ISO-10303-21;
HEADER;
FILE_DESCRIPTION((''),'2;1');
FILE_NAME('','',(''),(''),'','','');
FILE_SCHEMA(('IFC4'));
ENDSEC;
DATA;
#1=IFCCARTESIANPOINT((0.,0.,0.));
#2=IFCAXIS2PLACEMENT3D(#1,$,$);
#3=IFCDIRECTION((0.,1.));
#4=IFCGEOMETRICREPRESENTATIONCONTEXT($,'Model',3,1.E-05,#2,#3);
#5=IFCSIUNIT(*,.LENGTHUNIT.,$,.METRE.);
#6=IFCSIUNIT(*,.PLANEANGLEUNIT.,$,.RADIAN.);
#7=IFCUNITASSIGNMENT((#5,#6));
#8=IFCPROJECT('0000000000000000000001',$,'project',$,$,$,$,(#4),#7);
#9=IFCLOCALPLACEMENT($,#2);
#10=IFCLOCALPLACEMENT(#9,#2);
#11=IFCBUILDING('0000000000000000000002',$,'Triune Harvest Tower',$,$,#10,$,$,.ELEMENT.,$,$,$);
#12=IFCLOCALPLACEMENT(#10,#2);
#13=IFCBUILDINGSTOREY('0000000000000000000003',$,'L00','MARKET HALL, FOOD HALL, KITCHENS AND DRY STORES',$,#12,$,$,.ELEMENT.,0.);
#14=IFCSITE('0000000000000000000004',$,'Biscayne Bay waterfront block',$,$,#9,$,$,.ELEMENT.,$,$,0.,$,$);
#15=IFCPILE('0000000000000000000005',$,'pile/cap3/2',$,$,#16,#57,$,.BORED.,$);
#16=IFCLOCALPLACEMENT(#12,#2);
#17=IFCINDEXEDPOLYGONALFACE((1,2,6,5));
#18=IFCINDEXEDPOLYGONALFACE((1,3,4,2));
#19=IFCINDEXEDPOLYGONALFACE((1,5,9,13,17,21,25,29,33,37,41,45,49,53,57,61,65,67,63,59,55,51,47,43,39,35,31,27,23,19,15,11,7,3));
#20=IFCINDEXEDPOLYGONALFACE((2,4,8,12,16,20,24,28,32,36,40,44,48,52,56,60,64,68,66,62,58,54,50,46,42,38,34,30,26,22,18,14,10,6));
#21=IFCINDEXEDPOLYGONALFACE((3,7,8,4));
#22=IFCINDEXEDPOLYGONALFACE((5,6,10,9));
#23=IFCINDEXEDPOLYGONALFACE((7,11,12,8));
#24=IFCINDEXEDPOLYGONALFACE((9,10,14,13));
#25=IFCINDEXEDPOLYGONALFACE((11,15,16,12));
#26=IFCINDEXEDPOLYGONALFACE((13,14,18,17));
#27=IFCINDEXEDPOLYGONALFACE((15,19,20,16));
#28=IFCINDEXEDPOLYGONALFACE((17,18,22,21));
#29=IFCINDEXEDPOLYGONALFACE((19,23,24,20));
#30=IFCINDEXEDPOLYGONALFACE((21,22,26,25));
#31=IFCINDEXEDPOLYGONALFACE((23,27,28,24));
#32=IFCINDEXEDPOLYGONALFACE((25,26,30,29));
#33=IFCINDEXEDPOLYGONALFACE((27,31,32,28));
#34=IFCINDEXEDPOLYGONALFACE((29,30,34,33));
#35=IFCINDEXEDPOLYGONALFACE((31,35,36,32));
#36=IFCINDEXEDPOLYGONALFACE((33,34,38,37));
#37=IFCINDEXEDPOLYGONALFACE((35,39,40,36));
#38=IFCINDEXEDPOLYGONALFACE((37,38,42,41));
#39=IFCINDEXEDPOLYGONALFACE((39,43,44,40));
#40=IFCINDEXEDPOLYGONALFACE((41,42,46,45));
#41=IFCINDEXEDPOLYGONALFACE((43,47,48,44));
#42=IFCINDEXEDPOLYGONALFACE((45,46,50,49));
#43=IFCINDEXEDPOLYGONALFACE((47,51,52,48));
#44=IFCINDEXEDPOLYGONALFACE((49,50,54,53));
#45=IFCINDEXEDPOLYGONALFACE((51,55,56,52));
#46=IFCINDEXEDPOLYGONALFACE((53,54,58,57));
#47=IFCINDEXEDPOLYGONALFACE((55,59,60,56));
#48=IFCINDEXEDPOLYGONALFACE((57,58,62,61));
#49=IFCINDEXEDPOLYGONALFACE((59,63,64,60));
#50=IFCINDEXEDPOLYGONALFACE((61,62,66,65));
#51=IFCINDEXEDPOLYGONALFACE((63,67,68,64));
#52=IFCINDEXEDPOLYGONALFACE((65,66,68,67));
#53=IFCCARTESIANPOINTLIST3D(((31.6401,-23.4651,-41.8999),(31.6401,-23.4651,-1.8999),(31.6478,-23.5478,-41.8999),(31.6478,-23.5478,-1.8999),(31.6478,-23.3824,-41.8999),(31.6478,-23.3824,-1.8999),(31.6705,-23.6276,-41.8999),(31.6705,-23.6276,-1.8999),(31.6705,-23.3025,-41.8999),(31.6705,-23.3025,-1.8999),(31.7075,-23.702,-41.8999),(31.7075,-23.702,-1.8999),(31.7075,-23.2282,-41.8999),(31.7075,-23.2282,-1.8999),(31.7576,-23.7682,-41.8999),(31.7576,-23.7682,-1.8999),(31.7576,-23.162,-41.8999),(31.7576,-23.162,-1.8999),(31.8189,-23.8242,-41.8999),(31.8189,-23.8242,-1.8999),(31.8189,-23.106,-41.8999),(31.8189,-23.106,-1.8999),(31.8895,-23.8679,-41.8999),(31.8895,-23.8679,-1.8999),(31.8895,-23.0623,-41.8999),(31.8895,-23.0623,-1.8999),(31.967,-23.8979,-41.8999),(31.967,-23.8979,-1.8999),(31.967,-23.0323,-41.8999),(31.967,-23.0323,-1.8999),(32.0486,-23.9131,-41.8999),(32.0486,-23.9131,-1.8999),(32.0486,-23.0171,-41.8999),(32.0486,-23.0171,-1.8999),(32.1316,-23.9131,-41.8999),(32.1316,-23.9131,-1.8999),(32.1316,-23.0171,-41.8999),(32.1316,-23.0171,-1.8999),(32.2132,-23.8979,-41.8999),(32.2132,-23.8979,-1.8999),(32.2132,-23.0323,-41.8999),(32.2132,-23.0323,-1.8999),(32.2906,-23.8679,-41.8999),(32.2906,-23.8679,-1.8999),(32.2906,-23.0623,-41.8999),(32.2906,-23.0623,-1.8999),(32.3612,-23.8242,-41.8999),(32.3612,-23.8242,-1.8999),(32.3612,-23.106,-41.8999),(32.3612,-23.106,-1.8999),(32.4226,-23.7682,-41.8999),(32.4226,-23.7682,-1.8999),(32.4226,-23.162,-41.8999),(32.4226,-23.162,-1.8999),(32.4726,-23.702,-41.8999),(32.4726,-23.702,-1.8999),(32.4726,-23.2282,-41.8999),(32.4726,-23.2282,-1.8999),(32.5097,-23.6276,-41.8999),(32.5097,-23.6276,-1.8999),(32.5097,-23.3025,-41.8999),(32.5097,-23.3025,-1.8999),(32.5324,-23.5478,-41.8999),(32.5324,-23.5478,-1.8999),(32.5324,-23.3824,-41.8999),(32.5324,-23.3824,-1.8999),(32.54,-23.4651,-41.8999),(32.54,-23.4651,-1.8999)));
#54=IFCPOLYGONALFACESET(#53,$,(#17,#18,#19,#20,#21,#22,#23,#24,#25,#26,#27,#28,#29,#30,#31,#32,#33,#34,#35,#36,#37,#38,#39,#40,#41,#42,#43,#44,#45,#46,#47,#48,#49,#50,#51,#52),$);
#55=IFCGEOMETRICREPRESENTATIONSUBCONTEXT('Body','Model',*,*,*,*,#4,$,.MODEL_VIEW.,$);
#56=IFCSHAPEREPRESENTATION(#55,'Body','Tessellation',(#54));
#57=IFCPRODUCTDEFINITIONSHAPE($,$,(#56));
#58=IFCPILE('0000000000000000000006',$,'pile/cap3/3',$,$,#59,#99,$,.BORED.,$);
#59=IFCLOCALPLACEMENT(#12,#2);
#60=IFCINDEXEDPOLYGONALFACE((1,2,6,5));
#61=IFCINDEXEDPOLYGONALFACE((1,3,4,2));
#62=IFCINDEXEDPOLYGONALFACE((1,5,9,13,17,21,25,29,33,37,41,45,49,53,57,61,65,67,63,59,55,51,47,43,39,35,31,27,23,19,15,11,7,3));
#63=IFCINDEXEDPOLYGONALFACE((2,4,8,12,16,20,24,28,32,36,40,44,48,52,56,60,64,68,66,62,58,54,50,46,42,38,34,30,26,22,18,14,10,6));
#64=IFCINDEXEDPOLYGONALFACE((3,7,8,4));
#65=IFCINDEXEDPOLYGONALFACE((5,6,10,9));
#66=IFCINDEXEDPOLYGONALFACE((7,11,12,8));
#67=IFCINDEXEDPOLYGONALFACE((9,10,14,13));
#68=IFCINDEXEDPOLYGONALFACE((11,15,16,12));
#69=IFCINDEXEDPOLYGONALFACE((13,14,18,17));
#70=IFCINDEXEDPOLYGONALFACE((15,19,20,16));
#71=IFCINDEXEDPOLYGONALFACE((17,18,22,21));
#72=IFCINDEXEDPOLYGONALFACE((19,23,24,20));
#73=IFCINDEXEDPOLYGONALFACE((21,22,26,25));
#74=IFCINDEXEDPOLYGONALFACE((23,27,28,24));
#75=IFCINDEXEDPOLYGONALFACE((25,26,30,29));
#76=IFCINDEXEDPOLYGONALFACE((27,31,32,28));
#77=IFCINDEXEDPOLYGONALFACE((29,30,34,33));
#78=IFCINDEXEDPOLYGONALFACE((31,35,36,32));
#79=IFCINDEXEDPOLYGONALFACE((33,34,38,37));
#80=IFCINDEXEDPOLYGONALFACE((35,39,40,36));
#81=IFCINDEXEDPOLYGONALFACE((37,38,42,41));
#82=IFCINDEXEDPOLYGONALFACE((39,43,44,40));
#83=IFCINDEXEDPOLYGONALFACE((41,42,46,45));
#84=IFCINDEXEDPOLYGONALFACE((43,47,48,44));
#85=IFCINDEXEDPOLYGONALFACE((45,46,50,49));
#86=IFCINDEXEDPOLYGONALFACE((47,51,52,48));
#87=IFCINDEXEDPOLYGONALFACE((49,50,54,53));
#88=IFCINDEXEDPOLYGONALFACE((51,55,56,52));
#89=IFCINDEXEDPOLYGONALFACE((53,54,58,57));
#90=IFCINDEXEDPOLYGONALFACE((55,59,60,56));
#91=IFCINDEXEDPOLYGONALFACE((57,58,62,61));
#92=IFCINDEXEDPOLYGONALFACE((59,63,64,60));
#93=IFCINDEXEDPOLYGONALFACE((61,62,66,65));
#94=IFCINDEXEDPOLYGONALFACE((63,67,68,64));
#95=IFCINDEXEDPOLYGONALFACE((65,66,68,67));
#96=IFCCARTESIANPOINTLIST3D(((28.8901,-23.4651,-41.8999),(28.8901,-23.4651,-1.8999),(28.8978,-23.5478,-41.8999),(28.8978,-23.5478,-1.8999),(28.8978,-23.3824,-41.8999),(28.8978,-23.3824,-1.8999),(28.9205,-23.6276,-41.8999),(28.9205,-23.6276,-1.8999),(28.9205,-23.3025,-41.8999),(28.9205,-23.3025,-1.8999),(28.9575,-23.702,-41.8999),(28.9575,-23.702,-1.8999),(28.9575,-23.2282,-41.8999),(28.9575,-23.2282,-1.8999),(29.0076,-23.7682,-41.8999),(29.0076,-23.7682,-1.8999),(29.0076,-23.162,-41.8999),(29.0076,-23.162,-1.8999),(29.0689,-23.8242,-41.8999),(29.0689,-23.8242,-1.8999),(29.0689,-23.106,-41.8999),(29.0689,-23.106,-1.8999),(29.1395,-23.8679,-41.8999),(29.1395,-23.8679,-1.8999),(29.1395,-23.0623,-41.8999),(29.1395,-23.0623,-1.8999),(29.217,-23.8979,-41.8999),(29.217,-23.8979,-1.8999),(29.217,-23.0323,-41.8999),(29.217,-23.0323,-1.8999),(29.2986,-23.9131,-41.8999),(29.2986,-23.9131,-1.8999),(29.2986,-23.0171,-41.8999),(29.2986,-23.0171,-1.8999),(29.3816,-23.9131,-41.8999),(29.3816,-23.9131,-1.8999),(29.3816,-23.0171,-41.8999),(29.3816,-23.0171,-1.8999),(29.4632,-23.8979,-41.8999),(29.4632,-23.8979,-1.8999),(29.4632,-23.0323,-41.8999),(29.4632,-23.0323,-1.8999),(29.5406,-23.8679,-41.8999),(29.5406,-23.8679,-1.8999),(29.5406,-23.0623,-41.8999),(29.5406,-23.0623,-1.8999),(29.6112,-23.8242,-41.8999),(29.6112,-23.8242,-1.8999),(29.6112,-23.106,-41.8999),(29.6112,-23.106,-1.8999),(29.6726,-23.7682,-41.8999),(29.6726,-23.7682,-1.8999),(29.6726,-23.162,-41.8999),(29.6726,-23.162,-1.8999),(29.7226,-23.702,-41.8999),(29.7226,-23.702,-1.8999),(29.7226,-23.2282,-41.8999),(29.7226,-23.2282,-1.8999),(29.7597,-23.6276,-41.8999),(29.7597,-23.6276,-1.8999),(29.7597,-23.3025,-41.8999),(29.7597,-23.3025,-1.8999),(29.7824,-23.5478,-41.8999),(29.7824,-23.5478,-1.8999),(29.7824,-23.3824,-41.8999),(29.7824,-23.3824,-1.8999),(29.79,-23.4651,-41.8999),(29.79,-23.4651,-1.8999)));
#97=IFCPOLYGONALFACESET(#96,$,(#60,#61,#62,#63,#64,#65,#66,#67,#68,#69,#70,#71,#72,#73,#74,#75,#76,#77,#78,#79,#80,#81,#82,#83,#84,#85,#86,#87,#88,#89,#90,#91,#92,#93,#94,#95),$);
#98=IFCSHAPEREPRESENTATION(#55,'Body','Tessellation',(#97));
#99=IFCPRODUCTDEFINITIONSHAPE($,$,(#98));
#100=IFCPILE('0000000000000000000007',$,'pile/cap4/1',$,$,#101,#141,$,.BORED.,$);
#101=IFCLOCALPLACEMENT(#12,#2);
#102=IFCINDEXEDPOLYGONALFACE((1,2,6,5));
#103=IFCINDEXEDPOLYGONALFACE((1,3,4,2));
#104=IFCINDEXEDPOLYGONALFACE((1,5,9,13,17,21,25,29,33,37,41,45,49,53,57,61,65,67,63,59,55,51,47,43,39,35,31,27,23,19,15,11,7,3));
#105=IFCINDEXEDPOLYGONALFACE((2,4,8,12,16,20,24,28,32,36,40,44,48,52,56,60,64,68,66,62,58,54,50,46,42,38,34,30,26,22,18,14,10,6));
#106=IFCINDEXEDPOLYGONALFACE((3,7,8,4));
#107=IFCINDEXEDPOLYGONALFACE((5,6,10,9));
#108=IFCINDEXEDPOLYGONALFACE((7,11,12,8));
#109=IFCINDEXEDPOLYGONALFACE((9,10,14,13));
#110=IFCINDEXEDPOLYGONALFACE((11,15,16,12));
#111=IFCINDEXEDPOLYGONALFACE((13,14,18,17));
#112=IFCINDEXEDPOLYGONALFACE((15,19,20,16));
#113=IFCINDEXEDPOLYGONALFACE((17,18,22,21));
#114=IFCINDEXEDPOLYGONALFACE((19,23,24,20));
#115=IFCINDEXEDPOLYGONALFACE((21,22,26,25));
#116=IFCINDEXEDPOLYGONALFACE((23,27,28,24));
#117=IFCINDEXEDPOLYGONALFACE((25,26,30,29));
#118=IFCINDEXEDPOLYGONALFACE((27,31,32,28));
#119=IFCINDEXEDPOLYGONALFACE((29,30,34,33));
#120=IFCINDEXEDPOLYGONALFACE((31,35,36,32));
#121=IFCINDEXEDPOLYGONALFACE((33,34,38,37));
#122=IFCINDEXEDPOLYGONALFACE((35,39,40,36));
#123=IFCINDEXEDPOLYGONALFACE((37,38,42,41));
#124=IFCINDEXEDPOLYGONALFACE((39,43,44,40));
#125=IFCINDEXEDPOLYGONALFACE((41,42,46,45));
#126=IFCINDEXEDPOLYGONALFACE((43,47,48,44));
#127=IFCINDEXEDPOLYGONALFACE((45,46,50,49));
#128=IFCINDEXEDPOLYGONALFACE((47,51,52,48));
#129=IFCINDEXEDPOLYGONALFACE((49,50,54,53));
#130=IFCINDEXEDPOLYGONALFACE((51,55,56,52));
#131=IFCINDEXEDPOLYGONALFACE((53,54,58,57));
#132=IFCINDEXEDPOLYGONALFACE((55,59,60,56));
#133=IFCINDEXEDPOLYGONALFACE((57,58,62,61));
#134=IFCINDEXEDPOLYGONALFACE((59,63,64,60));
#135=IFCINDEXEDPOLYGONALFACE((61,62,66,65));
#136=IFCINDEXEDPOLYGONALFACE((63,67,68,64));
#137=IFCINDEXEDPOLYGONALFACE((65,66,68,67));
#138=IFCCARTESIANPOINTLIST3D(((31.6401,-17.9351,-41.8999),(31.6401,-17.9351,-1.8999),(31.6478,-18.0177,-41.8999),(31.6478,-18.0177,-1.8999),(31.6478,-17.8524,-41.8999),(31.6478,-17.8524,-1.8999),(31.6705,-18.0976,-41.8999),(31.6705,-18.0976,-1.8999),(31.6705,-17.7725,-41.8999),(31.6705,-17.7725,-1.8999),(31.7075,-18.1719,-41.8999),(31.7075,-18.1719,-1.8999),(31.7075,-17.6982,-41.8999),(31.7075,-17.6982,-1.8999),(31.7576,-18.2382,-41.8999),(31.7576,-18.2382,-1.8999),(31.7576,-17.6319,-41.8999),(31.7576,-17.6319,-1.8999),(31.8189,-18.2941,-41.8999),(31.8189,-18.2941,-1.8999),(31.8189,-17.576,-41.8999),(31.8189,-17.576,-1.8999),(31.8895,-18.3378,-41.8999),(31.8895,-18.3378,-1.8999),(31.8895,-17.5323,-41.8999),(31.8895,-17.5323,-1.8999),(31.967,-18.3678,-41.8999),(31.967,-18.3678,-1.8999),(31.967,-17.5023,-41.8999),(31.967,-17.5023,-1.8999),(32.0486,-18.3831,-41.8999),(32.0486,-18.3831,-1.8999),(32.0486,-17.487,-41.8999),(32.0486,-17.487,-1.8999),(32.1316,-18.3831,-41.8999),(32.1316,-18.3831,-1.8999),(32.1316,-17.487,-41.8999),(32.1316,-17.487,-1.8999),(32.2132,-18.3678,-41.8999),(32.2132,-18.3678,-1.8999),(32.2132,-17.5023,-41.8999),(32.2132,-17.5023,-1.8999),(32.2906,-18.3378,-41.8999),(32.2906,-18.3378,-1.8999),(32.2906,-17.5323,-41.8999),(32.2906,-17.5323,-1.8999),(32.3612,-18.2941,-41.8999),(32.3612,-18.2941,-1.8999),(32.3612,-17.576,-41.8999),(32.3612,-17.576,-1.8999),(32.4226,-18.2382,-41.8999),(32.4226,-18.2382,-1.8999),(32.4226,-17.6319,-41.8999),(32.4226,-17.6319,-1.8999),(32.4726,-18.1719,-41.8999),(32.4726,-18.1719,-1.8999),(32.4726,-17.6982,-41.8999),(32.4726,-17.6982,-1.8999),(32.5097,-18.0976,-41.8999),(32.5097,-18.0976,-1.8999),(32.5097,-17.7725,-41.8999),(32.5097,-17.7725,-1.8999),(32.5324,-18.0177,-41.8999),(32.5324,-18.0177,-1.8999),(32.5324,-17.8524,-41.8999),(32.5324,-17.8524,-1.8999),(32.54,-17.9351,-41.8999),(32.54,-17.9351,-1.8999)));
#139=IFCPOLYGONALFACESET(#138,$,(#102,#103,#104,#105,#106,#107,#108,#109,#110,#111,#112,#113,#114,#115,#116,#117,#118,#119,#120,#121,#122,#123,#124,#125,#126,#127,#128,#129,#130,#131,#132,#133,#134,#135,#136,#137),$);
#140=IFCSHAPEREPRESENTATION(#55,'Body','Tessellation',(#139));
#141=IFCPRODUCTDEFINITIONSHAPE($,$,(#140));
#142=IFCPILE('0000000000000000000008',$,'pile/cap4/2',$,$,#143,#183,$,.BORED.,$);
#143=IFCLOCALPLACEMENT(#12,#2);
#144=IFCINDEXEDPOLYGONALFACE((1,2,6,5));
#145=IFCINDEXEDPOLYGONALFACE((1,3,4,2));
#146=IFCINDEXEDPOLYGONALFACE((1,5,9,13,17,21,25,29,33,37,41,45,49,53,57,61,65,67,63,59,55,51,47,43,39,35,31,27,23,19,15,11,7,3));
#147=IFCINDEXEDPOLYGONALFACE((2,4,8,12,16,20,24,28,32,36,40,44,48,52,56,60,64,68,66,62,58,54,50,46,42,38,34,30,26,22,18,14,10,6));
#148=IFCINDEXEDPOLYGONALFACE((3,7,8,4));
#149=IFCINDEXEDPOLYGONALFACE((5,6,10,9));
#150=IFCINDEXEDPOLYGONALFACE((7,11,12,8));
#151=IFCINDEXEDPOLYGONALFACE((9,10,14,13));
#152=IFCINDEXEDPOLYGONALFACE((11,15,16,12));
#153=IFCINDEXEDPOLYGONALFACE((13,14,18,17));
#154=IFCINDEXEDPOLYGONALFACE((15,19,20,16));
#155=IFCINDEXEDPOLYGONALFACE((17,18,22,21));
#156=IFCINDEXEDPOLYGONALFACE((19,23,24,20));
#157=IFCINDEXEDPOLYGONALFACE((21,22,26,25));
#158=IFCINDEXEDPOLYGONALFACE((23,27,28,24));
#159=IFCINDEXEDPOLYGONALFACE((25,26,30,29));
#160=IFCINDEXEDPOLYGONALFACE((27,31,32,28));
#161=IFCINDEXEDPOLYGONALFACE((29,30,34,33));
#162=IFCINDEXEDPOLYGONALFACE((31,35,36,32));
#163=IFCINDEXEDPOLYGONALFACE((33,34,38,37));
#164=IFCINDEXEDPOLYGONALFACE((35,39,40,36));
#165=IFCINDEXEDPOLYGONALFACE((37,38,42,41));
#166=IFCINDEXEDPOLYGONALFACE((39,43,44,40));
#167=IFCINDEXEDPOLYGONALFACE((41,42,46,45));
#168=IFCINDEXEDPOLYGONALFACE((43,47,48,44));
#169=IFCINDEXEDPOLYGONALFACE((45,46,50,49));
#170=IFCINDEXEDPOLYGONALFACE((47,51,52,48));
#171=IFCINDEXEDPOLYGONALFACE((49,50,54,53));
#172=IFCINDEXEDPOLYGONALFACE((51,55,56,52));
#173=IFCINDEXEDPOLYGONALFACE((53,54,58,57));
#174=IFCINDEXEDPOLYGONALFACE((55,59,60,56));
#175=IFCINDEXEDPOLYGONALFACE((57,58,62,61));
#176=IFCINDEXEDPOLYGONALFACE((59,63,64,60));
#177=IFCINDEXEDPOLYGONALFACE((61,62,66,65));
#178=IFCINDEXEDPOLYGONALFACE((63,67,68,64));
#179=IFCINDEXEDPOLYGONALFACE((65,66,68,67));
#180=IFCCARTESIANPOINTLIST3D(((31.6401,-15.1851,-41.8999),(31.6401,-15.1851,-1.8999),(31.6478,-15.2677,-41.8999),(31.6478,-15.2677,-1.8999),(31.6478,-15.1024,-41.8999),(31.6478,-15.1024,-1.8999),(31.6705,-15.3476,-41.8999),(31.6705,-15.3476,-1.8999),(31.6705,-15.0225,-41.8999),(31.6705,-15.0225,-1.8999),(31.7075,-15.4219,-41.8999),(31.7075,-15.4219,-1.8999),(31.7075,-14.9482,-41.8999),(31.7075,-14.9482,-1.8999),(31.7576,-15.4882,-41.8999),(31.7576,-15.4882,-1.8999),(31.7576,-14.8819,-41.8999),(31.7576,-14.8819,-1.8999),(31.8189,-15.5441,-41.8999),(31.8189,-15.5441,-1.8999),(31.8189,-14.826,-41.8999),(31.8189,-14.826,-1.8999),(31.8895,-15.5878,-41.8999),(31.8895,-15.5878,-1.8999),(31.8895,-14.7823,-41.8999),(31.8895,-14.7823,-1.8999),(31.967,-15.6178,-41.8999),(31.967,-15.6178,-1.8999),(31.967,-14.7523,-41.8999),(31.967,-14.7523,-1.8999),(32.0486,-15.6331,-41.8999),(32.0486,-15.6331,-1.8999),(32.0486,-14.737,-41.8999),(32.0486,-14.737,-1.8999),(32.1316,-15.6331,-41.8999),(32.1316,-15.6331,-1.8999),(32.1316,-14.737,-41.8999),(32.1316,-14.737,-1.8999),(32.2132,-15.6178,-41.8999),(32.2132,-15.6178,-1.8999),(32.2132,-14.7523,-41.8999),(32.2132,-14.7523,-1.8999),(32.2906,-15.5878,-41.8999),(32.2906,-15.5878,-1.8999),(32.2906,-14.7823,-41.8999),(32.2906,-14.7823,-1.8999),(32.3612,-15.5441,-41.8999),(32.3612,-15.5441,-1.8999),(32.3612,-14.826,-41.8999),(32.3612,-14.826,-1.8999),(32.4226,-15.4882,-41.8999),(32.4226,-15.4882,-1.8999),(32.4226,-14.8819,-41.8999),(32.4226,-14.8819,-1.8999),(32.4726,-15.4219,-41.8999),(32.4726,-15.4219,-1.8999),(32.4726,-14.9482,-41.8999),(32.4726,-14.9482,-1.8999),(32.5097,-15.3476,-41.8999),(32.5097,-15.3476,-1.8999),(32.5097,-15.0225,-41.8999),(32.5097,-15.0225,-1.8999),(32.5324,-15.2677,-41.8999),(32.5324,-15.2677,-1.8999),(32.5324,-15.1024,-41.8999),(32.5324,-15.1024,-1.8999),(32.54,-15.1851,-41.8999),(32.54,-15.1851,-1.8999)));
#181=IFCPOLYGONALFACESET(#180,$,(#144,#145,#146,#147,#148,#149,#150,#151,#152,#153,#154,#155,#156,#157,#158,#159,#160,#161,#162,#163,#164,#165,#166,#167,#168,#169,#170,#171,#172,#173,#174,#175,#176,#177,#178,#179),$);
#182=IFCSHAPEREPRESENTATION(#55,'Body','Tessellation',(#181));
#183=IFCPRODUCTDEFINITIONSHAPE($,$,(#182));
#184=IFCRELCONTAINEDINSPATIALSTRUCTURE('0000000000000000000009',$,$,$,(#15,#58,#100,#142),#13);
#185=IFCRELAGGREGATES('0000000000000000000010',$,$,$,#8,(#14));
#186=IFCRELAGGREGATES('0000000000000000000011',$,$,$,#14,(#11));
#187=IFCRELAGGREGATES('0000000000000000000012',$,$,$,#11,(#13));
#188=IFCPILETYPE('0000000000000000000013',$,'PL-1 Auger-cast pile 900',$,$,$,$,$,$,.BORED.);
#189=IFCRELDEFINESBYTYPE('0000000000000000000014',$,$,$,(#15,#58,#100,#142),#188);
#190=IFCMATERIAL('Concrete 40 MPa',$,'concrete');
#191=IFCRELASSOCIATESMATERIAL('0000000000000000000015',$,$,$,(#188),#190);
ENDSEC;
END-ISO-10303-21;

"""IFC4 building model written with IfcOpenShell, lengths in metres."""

from ifc_helpers import new_model, si_unit, direction, frame, origin, origin_2d, place, context, subcontext, project, spatial, circle, extrude, source, transform, mapped, material, material_profile, profile_set, type_object, element, save


model = new_model("IFC4")

# Units and contexts
model_context = context("Model", 3, precision=1e-05, world=origin(), true_north=direction((0.0, 1.0)))
body_context = subcontext(model_context, "Body", "Model", "MODEL_VIEW")
ifc_project = project(units=[si_unit("LENGTHUNIT", "METRE"), si_unit("PLANEANGLEUNIT", "RADIAN")], contexts=[model_context])

# Site, building, storey
site_placement = place(None, origin())
site = spatial("IfcSite", under=ifc_project, at=site_placement, Name="Biscayne Bay waterfront block", CompositionType="ELEMENT", RefElevation=0.0)
building_placement = place(site_placement, origin())
building = spatial("IfcBuilding", under=site, at=building_placement, Name="Triune Harvest Tower", CompositionType="ELEMENT")
storey_placement = place(building_placement, origin())
storey = spatial("IfcBuildingStorey", under=building, at=storey_placement, Name="L00", Description="MARKET HALL, FOOD HALL, KITCHENS AND DRY STORES", CompositionType="ELEMENT", Elevation=0.0)

# Piles
ifc_material_1 = material(Name="Concrete 40 MPa", Category="concrete")
ifc_material_profile_1 = material_profile(ifc_material_1, circle(Radius=0.45, at=origin_2d()), Name="Bored 900")
ifc_profile_set_1 = profile_set([ifc_material_profile_1], Name="Concrete 40 MPa")
pile_type = type_object("IfcPileType", Name="PL-1 Auger-cast pile 900", PredefinedType="BORED", material=ifc_profile_set_1)
shared_shape_1 = source(origin(), body_context, "Body", "SweptSolid", [
    extrude(circle(Radius=0.45, at=origin_2d()), origin(), (0.0, 0.0, 1.0), 40.0),
])
for number, where, z_axis, x_axis, name in (
    (1, (32.0901, -23.4651, -1.8999), (0.0, 0.0, -1.0), (1.0, 0.0, 0.0), "pile/cap3/2"),
    (2, (29.3401, -23.4651, -1.8999), (0.0, 0.0, -1.0), (1.0, 0.0, 0.0), "pile/cap3/3"),
    (3, (32.0901, -17.9351, -1.8999), (0.0, 0.0, -1.0), (1.0, 0.0, 0.0), "pile/cap4/1"),
    (4, (32.0901, -15.1851, -1.8999), (0.0, 0.0, -1.0), (1.0, 0.0, 0.0), "pile/cap4/2"),
):
    element("IfcPile", number, at=place(storey_placement, frame(where, z_axis=z_axis, x_axis=x_axis)), inside=storey, type_object=pile_type, Name=name, PredefinedType="BORED", context=body_context, shape_type="MappedRepresentation", body=[
        mapped(shared_shape_1, transform((0.0, 0.0, 0.0), scale=1.0)),
    ])

save(model, "model.ifc")
